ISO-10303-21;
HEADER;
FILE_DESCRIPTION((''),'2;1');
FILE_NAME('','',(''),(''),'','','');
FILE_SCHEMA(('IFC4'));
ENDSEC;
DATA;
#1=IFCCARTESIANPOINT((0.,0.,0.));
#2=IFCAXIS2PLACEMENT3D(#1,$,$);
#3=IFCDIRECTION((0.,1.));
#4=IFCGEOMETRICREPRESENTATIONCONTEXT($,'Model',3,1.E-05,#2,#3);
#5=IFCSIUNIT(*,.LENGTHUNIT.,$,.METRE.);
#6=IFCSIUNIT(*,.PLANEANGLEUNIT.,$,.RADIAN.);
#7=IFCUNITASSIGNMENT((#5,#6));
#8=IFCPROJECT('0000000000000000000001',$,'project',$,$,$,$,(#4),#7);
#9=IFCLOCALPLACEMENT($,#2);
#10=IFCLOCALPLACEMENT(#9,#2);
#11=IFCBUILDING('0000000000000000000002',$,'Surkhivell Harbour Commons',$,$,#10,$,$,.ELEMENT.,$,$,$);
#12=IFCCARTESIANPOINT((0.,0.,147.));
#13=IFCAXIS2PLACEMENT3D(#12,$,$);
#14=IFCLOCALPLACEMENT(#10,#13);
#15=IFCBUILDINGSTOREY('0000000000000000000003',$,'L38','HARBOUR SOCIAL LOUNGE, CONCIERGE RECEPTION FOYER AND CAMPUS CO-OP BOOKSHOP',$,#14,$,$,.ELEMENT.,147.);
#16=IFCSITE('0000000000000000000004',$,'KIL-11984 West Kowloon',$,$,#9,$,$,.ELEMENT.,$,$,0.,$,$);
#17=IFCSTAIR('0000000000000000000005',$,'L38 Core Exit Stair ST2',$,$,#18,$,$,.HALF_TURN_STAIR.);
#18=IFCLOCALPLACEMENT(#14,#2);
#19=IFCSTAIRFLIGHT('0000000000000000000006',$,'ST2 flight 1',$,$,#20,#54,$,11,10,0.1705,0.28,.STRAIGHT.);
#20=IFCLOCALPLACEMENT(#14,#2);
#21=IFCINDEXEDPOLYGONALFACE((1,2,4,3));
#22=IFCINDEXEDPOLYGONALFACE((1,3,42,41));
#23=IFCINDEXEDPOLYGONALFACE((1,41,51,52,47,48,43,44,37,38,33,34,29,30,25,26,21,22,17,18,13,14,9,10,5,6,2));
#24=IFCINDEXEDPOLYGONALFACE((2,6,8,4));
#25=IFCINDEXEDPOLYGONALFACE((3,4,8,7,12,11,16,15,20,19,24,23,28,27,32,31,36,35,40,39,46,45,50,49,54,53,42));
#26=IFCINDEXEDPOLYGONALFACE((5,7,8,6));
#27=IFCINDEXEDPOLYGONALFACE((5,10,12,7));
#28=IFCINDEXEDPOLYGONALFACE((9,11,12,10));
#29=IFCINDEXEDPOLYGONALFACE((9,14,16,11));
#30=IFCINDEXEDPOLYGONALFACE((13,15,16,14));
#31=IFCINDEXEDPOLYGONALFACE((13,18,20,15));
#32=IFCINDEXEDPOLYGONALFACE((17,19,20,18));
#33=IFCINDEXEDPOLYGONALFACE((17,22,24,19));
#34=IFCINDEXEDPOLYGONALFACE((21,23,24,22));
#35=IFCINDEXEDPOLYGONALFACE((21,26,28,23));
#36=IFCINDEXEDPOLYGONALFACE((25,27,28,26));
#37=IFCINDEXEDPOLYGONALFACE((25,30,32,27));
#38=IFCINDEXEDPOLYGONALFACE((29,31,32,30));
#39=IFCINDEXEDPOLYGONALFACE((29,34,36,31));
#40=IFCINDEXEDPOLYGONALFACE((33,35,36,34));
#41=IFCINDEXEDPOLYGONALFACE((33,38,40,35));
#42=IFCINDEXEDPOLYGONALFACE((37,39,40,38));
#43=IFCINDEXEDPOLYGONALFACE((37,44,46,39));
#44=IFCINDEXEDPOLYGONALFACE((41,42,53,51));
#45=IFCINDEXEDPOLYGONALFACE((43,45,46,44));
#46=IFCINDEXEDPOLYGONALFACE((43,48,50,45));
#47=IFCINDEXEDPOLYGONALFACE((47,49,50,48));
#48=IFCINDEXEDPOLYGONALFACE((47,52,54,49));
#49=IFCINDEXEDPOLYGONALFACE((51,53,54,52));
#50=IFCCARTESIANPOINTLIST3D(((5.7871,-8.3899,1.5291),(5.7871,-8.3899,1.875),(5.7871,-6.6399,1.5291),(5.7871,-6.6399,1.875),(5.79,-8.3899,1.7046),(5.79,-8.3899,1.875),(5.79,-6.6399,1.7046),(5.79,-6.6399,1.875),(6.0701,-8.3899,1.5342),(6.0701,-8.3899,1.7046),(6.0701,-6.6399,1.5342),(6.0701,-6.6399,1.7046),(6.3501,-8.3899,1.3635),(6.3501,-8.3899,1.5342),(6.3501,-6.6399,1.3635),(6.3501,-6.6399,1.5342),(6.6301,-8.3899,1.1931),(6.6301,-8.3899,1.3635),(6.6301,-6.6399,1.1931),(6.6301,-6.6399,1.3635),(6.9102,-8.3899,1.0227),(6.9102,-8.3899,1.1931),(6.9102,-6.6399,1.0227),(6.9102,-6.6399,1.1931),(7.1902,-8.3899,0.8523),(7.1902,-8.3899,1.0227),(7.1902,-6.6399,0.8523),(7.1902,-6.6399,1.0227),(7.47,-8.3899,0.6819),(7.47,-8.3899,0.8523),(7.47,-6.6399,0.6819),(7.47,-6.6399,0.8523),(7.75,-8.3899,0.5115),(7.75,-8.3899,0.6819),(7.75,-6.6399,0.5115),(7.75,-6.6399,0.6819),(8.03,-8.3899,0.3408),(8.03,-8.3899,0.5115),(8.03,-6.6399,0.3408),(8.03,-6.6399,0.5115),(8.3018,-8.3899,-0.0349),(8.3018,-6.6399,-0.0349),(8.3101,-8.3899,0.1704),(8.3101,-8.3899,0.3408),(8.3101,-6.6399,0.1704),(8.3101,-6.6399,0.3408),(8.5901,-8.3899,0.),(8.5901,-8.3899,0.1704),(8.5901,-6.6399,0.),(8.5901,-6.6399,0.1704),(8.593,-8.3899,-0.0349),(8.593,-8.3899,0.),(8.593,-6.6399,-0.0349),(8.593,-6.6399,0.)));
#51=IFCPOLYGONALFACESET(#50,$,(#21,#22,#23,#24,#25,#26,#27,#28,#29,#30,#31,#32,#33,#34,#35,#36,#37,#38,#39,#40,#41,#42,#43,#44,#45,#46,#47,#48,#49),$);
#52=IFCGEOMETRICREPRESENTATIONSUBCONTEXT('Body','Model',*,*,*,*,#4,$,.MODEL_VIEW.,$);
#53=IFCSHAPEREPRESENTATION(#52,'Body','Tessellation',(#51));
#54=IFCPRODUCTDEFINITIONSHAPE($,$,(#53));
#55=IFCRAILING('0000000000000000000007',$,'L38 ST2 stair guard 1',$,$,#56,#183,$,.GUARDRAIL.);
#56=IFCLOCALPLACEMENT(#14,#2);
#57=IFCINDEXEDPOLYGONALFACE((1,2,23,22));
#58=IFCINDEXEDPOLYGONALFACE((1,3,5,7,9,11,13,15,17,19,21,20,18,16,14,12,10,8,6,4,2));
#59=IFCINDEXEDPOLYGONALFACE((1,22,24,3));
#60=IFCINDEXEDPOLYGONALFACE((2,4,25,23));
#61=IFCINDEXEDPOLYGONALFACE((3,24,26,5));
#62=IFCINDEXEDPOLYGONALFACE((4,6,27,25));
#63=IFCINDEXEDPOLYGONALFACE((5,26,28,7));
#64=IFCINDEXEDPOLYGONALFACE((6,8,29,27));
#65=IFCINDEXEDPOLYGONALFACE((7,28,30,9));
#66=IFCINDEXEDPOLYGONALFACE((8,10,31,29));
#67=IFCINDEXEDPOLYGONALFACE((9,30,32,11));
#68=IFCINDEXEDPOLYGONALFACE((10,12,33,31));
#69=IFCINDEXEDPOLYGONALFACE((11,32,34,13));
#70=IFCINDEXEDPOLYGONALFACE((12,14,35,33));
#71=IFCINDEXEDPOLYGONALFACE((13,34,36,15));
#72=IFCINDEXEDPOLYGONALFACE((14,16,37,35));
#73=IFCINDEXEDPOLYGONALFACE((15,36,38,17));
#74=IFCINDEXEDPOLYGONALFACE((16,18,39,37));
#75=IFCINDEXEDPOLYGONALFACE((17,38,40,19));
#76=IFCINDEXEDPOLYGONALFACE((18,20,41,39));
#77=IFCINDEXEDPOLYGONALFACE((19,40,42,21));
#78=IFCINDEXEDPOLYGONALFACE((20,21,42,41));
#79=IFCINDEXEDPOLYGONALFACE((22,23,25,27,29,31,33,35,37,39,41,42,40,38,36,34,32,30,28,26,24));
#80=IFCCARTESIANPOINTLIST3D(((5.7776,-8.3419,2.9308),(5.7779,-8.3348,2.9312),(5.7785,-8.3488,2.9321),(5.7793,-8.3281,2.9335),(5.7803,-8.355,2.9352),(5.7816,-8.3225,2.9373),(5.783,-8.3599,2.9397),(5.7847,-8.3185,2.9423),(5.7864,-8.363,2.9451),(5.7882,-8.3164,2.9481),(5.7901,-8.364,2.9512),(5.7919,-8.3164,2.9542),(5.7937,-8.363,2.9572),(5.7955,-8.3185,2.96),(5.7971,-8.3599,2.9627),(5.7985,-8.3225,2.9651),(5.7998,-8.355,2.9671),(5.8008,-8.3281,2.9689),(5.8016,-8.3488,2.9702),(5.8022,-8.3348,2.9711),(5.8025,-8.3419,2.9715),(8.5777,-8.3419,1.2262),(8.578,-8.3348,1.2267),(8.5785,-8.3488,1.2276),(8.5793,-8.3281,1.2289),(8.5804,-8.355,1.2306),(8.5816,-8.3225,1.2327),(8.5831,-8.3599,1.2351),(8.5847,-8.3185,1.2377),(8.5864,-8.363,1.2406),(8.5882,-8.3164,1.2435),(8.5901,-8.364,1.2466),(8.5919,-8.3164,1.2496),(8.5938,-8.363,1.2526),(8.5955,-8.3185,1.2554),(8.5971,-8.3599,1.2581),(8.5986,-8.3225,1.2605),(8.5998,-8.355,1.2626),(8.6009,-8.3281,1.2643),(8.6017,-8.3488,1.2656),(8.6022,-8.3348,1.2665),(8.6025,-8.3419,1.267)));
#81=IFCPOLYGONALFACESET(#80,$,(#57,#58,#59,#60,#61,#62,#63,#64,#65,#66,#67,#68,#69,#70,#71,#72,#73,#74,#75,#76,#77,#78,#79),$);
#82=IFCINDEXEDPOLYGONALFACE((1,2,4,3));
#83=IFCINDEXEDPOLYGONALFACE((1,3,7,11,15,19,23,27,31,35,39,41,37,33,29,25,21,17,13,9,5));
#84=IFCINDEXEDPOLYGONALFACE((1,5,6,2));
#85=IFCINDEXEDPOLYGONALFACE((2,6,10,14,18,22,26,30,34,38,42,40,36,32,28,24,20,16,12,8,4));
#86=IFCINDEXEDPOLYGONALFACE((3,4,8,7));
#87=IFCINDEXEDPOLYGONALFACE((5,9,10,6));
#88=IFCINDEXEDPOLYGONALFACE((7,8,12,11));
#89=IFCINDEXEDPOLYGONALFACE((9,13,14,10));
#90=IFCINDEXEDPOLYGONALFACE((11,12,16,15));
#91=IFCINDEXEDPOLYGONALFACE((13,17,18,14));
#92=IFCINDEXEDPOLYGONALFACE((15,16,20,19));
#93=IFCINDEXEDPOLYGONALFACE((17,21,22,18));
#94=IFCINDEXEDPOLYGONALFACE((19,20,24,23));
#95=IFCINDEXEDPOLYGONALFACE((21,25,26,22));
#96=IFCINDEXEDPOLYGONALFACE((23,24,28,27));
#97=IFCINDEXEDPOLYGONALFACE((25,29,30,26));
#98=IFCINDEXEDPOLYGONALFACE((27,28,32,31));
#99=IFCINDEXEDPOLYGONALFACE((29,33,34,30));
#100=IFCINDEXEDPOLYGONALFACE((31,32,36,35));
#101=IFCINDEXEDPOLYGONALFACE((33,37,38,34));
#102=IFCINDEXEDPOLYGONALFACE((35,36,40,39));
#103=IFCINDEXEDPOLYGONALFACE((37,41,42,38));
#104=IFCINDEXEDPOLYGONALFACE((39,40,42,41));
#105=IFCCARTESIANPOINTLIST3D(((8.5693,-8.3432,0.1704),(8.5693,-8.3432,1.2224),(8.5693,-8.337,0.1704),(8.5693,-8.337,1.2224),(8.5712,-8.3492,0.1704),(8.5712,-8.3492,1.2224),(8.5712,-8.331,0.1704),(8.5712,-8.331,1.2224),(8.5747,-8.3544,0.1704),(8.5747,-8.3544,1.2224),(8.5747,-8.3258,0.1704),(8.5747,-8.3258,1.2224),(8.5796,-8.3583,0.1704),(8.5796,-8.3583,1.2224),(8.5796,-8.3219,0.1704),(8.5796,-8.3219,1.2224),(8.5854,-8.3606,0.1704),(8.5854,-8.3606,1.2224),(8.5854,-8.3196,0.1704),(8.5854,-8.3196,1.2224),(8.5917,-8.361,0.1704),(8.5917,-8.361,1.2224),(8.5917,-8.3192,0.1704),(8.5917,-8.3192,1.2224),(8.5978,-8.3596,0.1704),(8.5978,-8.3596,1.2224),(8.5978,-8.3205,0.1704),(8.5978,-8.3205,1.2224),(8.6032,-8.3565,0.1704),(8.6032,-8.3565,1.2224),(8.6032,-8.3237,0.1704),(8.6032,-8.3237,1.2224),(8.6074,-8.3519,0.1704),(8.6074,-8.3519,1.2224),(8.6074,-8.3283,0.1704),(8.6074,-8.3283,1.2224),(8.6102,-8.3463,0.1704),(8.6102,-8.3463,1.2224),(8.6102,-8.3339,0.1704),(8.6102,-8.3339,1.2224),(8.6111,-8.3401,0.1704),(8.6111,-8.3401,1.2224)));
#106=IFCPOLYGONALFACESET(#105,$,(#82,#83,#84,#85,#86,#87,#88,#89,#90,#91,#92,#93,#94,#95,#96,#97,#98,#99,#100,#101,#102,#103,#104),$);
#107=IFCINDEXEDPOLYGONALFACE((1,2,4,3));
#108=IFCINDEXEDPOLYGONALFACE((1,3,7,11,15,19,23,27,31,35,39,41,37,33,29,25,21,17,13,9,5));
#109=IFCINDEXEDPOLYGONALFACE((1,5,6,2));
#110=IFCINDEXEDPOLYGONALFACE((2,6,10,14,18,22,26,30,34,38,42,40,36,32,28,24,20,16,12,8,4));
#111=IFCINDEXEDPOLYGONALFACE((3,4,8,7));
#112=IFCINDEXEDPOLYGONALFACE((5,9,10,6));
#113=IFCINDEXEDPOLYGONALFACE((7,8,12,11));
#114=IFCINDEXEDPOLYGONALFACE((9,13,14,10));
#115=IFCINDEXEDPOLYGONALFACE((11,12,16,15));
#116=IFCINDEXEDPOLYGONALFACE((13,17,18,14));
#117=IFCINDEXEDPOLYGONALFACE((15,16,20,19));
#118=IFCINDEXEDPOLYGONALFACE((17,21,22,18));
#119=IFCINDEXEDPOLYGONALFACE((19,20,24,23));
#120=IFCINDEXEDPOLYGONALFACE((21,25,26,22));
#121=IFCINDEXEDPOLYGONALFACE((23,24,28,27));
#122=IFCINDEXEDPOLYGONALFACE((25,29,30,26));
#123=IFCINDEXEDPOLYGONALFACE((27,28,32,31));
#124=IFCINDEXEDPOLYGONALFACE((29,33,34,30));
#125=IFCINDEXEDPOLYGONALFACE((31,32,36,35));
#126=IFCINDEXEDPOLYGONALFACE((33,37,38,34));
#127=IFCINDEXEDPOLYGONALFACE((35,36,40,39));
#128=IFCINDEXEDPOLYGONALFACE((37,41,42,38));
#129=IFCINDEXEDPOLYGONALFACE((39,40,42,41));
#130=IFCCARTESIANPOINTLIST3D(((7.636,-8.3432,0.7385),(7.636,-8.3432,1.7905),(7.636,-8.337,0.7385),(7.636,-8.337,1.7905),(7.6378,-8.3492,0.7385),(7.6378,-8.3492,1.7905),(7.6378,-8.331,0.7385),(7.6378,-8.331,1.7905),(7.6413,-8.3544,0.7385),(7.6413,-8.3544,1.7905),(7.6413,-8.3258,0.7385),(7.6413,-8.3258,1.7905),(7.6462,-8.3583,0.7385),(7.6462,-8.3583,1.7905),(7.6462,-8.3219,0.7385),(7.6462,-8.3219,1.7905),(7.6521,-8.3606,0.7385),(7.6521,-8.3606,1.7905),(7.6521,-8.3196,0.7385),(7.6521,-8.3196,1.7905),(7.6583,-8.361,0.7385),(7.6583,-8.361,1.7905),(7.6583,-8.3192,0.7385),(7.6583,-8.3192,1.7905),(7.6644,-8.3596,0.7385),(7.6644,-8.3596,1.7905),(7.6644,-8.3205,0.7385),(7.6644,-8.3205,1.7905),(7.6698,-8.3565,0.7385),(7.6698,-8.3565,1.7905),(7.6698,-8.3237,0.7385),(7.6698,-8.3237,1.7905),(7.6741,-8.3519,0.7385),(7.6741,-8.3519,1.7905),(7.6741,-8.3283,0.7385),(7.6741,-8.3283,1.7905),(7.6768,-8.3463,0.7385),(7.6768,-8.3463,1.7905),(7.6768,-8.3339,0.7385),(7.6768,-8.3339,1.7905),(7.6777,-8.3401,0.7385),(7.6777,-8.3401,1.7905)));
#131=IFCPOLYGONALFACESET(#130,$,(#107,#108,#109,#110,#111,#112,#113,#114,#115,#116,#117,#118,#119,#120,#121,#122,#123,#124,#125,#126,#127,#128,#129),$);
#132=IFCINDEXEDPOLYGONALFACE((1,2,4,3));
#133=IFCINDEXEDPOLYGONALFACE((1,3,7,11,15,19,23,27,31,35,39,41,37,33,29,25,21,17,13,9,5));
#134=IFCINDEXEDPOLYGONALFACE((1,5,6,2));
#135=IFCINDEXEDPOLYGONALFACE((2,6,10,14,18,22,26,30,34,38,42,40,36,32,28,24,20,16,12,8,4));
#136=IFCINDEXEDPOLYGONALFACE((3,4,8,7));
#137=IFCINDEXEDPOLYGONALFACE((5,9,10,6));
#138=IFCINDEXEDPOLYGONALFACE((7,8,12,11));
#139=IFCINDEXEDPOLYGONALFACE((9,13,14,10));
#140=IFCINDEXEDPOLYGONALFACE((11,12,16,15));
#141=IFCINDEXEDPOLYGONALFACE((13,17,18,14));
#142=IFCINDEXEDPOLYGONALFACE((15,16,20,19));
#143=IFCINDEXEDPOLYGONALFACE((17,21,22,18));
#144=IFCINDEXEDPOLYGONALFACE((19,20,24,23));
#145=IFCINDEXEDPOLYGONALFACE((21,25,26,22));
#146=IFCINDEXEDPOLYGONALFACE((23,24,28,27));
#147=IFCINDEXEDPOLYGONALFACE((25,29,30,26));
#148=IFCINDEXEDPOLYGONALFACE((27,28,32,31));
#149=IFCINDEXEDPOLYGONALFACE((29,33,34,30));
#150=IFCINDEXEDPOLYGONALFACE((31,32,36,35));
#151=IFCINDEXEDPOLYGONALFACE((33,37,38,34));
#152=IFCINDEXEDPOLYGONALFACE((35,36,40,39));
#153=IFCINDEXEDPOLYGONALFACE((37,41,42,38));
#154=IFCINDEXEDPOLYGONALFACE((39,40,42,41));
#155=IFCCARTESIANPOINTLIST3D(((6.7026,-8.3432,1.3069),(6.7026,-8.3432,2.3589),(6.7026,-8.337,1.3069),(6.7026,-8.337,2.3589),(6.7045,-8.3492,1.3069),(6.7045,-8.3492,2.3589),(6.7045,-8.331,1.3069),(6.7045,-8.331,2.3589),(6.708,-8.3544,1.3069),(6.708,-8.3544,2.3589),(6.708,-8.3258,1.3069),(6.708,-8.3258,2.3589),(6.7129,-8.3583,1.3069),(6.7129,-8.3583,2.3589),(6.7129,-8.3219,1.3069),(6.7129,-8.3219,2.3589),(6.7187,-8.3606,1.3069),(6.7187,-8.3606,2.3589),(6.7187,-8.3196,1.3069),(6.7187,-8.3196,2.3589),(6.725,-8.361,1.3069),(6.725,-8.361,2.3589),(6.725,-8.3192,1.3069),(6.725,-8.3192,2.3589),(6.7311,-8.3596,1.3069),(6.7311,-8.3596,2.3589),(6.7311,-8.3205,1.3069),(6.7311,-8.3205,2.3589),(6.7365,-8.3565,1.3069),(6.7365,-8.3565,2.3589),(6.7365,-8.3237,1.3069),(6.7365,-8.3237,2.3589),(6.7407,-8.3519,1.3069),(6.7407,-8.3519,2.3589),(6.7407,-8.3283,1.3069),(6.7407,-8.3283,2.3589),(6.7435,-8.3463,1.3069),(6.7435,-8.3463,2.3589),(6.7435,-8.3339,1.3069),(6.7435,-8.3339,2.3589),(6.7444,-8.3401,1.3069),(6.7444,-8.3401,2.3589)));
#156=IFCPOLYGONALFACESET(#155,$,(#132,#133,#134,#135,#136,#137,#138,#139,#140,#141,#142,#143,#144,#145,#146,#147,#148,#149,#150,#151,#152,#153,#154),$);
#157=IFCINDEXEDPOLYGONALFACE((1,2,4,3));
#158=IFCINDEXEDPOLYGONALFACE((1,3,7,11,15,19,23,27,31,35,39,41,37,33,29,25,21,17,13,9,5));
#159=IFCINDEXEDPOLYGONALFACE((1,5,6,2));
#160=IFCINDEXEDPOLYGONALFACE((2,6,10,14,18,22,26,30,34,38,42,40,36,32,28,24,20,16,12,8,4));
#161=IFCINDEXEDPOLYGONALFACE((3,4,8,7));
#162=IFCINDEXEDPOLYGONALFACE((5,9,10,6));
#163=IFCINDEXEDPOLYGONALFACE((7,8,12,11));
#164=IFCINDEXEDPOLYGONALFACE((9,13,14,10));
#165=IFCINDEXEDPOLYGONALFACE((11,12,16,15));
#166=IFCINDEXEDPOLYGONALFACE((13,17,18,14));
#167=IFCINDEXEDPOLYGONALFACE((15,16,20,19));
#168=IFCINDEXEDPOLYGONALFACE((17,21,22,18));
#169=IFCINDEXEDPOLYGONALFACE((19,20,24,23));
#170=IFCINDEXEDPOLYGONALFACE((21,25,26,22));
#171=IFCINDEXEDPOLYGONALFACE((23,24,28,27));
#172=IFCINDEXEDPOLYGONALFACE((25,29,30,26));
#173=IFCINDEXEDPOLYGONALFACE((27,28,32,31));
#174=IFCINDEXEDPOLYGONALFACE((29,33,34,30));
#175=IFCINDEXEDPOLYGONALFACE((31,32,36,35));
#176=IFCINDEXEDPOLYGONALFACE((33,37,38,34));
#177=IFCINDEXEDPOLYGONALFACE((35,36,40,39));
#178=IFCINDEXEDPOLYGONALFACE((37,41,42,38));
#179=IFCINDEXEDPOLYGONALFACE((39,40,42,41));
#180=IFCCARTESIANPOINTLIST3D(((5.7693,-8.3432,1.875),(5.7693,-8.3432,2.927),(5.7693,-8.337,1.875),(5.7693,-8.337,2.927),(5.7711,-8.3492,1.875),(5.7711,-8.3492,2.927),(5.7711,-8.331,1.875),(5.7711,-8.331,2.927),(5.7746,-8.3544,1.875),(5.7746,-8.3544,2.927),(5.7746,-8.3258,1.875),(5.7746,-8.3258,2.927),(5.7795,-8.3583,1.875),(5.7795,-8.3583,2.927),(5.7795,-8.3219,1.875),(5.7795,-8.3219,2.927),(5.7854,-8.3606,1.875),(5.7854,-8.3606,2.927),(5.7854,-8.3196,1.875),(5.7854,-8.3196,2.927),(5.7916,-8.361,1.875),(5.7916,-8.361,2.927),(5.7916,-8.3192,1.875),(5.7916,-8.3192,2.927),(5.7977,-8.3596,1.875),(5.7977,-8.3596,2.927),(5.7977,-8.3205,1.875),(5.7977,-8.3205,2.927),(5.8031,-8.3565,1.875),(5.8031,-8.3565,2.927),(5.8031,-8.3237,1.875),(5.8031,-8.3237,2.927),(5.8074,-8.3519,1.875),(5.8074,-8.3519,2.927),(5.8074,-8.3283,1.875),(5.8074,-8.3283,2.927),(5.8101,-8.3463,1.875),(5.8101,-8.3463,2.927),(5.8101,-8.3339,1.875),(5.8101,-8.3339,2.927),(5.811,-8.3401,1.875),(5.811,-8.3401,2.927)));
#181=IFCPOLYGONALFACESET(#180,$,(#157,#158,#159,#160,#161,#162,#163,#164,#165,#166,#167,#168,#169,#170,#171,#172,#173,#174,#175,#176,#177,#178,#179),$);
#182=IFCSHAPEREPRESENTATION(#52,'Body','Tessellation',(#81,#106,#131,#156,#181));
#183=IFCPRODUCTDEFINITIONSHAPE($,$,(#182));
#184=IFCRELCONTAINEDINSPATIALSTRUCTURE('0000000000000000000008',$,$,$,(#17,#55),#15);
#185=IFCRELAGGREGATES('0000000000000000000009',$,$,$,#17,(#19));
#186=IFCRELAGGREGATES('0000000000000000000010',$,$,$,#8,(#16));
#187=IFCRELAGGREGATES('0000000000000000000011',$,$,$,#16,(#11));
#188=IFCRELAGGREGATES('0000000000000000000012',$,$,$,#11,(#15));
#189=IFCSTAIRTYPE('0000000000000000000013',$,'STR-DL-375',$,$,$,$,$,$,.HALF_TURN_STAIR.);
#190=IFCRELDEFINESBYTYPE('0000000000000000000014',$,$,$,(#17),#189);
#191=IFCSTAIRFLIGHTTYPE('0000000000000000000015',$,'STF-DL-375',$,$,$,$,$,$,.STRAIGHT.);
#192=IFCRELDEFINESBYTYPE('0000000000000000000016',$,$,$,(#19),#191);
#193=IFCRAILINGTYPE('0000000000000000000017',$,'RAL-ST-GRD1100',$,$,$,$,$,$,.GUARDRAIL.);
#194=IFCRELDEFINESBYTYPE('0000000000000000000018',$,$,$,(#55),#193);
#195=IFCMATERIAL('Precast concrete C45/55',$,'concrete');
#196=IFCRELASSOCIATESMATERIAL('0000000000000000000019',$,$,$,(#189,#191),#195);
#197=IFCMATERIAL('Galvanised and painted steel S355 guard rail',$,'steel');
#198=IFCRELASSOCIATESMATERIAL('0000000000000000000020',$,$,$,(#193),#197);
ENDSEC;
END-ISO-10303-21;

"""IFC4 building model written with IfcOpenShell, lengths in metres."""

from ifc_helpers import new_model, si_unit, direction, frame, origin, origin_2d, place, context, subcontext, project, spatial, polyline, circle, outline, extrude, material, type_object, element, aggregate, save


model = new_model("IFC4")

# Units and contexts
model_context = context("Model", 3, precision=1e-05, world=origin(), true_north=direction((0.0, 1.0)))
body_context = subcontext(model_context, "Body", "Model", "MODEL_VIEW")
ifc_project = project(units=[si_unit("LENGTHUNIT", "METRE"), si_unit("PLANEANGLEUNIT", "RADIAN")], contexts=[model_context])

# Site, building, storey
site_placement = place(None, origin())
site = spatial("IfcSite", under=ifc_project, at=site_placement, Name="KIL-11984 West Kowloon", CompositionType="ELEMENT", RefElevation=0.0)
building_placement = place(site_placement, origin())
building = spatial("IfcBuilding", under=site, at=building_placement, Name="Surkhivell Harbour Commons", CompositionType="ELEMENT")
storey_placement = place(building_placement, frame((0.0, 0.0, 147.0)))
storey = spatial("IfcBuildingStorey", under=building, at=storey_placement, Name="L38", Description="HARBOUR SOCIAL LOUNGE, CONCIERGE RECEPTION FOYER AND CAMPUS CO-OP BOOKSHOP", CompositionType="ELEMENT", Elevation=147.0)

# Stair, stair flight
ifc_material_1 = material(Name="Precast concrete C45/55", Category="concrete")
stair_type = type_object("IfcStairType", Name="STR-DL-375", PredefinedType="HALF_TURN_STAIR", material=ifc_material_1)
stair_placement = place(storey_placement, origin())
stair = element("IfcStair", 1, at=stair_placement, inside=storey, type_object=stair_type, Name="L38 Core Exit Stair ST2", PredefinedType="HALF_TURN_STAIR")
stair_flight_type = type_object("IfcStairFlightType", Name="STF-DL-375", PredefinedType="STRAIGHT", material=ifc_material_1)
stair_flight_placement = place(storey_placement, frame((8.5901, -7.5149, 0.0), z_axis=(0.0, 0.0, 1.0), x_axis=(-1.0, 0.0, 0.0)))
stair_flight = element("IfcStairFlight", 2, at=stair_flight_placement, type_object=stair_flight_type, Name="ST2 flight 1", NumberOfRisers=11, NumberOfTreads=10, PredefinedType="STRAIGHT", RiserHeight=0.1705, TreadLength=0.28, context=body_context, shape_type="SweptSolid", body=[
    extrude(outline(polyline([(-0.0029, -0.0349), (-0.0029, 0.0), (0.0, 0.0), (0.0, 0.1704), (0.28, 0.1704), (0.28, 0.3408), (0.5601, 0.3408), (0.5601, 0.5115), (0.8401, 0.5115), (0.8401, 0.6819), (1.1201, 0.6819), (1.1201, 0.8523), (1.3999, 0.8523), (1.3999, 1.0227), (1.6799, 1.0227), (1.6799, 1.1931), (1.96, 1.1931), (1.96, 1.3635), (2.24, 1.3635), (2.24, 1.5342), (2.52, 1.5342), (2.52, 1.7046), (2.8, 1.7046), (2.8, 1.875), (2.803, 1.875), (2.803, 1.5291), (0.2883, -0.0349), (-0.0029, -0.0349)])), frame((0.0, 0.875, 0.0), z_axis=(0.0, -1.0, 0.0), x_axis=(1.0, 0.0, 0.0)), (0.0, 0.0, 1.0), 1.75),
])
aggregate(stair, [stair_flight])

# Railing
ifc_material_2 = material(Name="Galvanised and painted steel S355 guard rail", Category="steel")
railing_type = type_object("IfcRailingType", Name="RAL-ST-GRD1100", PredefinedType="GUARDRAIL", material=ifc_material_2)
railing_1_placement = place(storey_placement, frame((8.5901, -8.3401, 0.1704)))
element("IfcRailing", 3, at=railing_1_placement, inside=storey, type_object=railing_type, Name="L38 ST2 stair guard 1", PredefinedType="GUARDRAIL", context=body_context, shape_type="SweptSolid", body=[
    extrude(circle(Radius=0.0239, at=origin_2d()), frame((0.0, 0.0, 1.0762), z_axis=(-0.85417, 0.0, 0.519994), x_axis=(0.0, -1.0, 0.0)), (0.0, 0.0, 1.0), 3.2781),
    extrude(circle(Radius=0.021, at=origin_2d()), origin(), (0.0, 0.0, 1.0), 1.052),
    extrude(circle(Radius=0.021, at=origin_2d()), frame((-0.9333, 0.0, 0.5681)), (0.0, 0.0, 1.0), 1.052),
    extrude(circle(Radius=0.021, at=origin_2d()), frame((-1.8667, 0.0, 1.1365)), (0.0, 0.0, 1.0), 1.052),
    extrude(circle(Radius=0.021, at=origin_2d()), frame((-2.8, 0.0, 1.7046)), (0.0, 0.0, 1.0), 1.052),
])

save(model, "model.ifc")
